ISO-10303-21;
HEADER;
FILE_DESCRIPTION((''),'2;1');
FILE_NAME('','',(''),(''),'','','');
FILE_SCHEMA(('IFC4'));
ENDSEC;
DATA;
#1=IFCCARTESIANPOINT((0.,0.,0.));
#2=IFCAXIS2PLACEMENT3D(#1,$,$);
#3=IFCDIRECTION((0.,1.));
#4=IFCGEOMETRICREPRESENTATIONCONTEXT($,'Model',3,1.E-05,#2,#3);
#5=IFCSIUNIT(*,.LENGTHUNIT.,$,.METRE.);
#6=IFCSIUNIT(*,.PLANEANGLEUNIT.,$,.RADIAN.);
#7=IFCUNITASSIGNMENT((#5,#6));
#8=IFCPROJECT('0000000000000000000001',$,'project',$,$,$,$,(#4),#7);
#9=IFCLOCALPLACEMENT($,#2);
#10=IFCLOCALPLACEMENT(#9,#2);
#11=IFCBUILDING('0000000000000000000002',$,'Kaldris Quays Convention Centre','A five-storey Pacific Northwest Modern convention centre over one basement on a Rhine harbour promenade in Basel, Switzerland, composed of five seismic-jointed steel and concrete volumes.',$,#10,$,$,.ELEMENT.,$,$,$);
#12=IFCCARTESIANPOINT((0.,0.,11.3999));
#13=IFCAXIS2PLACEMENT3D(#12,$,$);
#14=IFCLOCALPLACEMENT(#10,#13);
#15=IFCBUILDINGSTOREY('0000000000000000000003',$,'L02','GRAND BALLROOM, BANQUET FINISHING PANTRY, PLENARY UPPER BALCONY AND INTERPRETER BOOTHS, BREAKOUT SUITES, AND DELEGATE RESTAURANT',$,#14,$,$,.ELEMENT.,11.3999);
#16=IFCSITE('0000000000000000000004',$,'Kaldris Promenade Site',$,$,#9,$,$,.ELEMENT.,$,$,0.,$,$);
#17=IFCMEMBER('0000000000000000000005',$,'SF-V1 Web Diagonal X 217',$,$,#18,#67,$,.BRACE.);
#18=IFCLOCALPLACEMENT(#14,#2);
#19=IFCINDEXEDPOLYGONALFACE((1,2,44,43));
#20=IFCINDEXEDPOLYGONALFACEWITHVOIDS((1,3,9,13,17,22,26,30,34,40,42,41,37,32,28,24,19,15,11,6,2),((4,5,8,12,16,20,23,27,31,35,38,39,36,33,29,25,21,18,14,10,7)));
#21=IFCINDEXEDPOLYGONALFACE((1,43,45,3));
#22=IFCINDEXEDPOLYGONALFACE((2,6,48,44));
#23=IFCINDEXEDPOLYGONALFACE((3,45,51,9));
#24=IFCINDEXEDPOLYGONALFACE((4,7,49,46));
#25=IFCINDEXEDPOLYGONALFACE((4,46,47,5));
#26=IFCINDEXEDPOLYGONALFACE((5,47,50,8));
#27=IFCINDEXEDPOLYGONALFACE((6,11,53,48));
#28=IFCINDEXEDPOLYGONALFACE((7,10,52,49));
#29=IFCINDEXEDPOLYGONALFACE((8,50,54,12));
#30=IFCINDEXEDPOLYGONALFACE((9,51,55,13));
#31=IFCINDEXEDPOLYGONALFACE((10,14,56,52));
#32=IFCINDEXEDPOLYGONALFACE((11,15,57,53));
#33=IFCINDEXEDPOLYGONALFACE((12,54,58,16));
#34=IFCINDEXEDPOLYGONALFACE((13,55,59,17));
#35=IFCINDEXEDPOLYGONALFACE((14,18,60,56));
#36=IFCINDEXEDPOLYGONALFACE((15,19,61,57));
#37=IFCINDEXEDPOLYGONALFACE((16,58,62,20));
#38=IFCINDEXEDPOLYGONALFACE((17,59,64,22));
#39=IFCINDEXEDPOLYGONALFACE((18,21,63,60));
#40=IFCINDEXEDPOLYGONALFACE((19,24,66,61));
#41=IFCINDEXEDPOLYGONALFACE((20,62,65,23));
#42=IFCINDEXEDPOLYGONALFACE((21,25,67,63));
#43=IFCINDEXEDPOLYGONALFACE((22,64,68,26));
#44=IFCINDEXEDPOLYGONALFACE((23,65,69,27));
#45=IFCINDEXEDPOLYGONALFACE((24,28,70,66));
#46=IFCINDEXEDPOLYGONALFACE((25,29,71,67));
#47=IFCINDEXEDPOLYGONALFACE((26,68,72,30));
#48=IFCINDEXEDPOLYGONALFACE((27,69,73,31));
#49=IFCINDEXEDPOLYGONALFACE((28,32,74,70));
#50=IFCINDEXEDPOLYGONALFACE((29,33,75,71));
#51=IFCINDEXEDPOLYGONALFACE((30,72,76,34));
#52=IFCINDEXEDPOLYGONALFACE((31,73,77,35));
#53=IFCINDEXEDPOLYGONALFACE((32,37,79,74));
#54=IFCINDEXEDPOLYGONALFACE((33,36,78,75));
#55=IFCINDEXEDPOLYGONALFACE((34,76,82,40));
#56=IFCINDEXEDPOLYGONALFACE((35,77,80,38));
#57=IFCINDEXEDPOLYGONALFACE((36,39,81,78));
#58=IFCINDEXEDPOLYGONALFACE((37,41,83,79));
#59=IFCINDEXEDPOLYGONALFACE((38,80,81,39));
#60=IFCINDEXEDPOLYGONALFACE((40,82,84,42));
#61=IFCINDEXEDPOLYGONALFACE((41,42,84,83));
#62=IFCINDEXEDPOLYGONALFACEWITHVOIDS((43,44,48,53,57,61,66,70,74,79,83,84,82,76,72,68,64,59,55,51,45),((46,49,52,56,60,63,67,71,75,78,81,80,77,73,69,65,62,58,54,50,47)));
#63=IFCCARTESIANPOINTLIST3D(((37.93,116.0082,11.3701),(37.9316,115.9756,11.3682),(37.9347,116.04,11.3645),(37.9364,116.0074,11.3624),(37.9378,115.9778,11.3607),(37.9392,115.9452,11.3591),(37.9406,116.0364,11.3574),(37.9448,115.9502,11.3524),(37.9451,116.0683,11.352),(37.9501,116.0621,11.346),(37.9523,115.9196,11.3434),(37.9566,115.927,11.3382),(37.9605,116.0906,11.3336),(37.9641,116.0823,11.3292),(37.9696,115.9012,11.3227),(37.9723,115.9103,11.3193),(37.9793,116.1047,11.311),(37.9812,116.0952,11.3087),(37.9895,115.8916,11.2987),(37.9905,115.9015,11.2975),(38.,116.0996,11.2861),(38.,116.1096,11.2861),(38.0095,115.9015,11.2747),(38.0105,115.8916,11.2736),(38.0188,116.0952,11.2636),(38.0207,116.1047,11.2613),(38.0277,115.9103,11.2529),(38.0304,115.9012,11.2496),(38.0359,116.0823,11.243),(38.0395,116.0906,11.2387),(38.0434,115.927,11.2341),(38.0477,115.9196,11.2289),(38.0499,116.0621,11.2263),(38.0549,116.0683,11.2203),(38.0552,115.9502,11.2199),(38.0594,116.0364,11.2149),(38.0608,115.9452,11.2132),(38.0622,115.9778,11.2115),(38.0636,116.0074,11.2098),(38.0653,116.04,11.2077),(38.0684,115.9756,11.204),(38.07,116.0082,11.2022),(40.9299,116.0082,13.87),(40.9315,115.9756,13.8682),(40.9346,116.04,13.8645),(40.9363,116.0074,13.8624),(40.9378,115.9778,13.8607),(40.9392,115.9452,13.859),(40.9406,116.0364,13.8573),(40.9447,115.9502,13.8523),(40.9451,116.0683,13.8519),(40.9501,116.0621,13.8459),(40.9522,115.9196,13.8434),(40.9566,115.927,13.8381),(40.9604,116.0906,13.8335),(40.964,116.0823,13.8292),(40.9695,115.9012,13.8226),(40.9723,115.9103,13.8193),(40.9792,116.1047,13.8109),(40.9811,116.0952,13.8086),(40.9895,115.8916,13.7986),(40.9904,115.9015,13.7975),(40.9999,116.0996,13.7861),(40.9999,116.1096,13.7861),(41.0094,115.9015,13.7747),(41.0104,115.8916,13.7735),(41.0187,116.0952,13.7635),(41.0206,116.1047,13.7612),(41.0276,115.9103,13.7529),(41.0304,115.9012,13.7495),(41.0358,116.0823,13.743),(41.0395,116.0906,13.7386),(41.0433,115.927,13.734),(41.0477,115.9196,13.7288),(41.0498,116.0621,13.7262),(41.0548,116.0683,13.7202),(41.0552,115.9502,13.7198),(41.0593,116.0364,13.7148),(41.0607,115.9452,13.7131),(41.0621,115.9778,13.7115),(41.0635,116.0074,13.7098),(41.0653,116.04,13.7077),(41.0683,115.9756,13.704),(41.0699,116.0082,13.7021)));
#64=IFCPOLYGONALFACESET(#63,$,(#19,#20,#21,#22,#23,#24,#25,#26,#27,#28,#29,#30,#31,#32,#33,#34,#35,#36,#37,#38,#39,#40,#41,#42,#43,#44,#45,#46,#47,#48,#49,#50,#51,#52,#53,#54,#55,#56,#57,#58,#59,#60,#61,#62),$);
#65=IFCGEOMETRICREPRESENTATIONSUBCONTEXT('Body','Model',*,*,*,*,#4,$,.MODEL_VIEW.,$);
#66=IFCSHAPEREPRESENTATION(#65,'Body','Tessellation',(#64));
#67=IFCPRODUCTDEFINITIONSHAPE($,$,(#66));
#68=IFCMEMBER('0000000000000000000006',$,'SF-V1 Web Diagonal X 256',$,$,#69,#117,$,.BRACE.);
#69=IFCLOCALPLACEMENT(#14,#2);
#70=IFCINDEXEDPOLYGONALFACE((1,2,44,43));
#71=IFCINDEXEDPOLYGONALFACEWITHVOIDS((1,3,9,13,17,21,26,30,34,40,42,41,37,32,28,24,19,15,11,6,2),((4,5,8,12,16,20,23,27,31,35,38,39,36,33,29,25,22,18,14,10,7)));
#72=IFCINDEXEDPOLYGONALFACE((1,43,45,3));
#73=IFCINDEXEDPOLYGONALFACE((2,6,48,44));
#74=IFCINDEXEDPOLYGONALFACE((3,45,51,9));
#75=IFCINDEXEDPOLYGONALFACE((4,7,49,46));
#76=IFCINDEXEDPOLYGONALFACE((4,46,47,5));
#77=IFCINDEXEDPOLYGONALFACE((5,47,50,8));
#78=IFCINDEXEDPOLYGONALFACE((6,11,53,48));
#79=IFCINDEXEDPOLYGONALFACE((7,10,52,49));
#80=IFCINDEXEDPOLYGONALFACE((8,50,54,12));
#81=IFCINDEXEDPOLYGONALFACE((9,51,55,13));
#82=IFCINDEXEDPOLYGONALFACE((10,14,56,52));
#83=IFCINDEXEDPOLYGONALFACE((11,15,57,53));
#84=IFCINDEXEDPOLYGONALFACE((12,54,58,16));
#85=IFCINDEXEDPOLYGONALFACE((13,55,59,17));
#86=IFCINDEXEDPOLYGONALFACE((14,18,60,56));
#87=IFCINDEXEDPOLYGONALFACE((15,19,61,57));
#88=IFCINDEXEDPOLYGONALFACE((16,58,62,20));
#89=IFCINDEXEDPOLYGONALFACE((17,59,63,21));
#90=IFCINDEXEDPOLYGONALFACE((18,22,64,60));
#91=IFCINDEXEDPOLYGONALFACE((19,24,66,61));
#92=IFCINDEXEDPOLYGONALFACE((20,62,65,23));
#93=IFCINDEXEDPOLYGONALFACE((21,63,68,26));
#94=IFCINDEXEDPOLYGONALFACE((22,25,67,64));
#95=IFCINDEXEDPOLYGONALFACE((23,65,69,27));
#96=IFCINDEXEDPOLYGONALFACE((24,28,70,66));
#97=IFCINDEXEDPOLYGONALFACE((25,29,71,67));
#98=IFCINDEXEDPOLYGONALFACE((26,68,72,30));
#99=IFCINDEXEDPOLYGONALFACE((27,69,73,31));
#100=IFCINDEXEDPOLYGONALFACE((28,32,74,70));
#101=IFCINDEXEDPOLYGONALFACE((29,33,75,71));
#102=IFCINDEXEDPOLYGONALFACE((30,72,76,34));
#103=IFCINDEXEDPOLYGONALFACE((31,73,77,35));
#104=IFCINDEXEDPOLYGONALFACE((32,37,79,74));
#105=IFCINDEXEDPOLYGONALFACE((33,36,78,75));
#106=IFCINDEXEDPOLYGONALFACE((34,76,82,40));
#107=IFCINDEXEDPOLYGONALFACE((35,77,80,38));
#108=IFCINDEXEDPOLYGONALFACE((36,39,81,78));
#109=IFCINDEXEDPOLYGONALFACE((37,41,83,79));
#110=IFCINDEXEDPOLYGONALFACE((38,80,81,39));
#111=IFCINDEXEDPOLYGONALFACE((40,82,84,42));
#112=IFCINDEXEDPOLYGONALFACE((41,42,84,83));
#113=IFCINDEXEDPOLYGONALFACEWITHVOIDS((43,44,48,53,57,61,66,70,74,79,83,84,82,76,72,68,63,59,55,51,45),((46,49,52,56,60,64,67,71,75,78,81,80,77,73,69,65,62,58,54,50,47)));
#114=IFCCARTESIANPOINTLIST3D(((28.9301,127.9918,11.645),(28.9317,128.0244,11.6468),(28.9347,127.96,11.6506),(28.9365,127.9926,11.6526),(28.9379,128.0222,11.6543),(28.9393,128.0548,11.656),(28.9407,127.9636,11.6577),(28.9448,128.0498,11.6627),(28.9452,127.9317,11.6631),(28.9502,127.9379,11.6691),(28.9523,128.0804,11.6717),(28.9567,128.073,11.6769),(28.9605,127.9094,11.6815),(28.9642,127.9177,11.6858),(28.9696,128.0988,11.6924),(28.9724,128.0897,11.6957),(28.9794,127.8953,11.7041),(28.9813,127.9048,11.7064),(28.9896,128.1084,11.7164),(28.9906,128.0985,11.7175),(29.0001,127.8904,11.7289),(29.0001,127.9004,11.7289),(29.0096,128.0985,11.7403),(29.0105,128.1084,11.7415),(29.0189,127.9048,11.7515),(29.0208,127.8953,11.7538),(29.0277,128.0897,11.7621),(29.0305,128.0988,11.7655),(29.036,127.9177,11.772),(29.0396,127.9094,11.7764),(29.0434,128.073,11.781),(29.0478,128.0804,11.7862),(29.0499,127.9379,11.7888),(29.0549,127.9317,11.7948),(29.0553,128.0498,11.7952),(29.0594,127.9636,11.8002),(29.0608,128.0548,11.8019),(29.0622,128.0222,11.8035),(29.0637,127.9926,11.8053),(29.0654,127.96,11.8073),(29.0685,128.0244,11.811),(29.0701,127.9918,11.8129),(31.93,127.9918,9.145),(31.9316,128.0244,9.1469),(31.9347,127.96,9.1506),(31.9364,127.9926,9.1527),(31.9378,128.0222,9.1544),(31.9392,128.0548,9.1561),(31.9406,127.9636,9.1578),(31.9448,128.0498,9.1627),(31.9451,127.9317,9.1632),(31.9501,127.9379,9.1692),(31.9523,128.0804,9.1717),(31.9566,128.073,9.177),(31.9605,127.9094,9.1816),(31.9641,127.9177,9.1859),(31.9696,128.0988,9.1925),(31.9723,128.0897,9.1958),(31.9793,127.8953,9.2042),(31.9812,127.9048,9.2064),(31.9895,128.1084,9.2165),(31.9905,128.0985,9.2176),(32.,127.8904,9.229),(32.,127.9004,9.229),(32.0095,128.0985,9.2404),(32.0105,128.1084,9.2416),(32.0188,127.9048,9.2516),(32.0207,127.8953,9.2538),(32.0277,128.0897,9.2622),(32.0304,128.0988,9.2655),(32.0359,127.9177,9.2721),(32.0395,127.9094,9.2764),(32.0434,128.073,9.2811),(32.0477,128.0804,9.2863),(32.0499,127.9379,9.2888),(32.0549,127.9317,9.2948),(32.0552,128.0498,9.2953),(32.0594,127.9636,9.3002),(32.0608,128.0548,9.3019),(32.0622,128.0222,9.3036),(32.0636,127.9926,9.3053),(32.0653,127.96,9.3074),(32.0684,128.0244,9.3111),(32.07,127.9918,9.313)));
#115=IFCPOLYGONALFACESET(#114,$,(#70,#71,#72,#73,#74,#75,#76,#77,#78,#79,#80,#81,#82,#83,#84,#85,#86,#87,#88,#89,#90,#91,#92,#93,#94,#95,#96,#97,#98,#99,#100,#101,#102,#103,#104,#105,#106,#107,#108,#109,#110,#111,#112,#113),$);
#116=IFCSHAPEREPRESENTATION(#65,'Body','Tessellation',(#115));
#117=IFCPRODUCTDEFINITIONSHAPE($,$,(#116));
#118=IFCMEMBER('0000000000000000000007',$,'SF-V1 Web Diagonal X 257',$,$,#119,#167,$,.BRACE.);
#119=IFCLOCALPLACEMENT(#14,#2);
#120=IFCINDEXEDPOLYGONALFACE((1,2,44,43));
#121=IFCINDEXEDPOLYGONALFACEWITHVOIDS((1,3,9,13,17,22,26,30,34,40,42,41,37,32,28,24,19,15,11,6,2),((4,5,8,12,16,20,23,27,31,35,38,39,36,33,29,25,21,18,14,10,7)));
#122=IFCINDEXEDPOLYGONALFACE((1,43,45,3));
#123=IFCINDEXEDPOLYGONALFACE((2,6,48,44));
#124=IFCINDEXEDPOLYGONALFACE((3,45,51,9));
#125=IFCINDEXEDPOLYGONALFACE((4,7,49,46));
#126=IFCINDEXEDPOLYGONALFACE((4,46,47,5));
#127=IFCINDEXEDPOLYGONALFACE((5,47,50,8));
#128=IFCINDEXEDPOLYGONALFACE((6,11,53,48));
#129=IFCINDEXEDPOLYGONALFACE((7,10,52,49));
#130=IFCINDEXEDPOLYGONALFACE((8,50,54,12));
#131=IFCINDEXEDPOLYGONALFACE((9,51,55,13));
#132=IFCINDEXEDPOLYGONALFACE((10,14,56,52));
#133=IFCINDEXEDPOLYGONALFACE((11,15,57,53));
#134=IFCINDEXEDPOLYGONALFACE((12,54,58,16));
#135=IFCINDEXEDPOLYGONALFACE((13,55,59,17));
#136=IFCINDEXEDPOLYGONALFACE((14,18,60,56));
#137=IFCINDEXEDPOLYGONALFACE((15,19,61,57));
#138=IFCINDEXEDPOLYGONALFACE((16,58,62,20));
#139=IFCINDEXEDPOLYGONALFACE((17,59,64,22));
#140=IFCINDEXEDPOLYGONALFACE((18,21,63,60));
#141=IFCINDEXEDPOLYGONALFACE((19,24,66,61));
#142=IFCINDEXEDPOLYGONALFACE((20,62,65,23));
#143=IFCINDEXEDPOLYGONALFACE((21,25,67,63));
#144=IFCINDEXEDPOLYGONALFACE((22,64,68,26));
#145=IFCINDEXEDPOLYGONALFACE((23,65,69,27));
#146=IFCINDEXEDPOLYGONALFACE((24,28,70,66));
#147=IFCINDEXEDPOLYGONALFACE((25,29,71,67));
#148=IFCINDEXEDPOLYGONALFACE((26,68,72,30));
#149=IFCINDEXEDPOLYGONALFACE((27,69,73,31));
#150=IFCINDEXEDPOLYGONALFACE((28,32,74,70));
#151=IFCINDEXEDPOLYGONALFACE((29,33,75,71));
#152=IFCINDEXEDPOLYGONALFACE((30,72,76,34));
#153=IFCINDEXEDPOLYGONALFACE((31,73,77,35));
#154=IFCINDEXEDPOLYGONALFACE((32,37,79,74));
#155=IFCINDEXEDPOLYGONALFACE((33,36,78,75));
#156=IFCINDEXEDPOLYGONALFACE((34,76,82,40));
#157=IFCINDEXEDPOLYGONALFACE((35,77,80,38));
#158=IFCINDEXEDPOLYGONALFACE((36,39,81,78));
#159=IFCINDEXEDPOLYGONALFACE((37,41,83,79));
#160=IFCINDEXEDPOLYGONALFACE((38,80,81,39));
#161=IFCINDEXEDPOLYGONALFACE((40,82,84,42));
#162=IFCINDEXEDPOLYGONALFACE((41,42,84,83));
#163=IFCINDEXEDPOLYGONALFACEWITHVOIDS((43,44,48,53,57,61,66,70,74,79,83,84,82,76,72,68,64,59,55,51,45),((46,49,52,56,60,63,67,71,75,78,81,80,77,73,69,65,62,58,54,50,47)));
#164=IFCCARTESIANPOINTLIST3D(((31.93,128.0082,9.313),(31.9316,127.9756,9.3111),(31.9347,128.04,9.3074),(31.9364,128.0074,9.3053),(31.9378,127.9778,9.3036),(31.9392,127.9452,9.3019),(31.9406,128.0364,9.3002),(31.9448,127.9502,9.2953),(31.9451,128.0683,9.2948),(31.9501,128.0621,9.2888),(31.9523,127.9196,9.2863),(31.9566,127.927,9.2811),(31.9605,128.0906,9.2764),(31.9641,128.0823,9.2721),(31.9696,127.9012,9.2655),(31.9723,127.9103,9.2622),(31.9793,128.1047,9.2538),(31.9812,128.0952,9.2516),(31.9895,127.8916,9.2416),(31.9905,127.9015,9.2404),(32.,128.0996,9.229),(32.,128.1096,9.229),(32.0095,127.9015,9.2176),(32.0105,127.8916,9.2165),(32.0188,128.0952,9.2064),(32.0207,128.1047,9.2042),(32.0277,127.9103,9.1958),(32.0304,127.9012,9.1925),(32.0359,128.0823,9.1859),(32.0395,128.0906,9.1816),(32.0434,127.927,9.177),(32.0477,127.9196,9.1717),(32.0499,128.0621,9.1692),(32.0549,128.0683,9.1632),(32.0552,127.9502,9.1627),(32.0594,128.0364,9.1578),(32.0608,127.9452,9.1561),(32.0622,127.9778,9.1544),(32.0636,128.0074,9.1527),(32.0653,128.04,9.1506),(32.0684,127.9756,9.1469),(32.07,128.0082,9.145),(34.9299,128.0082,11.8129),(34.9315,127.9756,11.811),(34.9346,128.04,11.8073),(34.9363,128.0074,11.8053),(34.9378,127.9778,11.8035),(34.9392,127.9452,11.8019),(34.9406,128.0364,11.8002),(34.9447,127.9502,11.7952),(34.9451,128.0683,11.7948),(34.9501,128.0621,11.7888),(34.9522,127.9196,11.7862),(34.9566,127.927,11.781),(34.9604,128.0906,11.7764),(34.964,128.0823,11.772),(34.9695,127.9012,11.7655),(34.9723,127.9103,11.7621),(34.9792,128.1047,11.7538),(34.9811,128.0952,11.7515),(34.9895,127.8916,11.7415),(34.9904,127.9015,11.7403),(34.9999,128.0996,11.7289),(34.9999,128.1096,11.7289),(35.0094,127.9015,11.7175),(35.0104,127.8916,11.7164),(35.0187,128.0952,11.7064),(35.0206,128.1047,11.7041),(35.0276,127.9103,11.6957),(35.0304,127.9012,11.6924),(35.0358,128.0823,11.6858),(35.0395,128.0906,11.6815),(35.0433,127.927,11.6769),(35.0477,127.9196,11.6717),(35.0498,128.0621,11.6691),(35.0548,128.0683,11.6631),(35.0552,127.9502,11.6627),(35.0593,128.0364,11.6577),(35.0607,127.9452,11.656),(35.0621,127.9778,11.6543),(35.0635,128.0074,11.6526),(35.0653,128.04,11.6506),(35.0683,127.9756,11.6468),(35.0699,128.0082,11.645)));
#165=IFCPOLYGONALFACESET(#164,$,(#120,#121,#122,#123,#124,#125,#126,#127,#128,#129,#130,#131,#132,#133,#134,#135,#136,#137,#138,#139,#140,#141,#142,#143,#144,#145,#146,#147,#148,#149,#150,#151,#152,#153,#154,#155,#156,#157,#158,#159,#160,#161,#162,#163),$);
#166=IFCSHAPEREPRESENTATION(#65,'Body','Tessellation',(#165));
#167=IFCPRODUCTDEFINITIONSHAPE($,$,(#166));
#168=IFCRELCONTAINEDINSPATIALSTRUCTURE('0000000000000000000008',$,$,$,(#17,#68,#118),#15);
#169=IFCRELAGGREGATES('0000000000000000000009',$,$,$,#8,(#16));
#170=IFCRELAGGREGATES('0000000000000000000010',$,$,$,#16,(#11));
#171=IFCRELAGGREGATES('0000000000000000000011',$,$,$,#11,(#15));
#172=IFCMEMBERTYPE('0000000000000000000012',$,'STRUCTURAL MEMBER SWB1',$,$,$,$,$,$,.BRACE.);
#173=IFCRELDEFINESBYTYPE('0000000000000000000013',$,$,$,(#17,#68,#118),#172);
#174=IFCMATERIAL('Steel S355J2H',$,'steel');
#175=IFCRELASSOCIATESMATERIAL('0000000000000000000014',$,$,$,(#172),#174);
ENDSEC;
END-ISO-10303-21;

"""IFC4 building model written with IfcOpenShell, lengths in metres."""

from ifc_helpers import new_model, si_unit, direction, frame, origin, origin_2d, place, context, subcontext, project, spatial, hollow_circle, extrude, material, material_profile, profile_set, type_object, element, save


model = new_model("IFC4")

# Units and contexts
model_context = context("Model", 3, precision=1e-05, world=origin(), true_north=direction((0.0, 1.0)))
body_context = subcontext(model_context, "Body", "Model", "MODEL_VIEW")
ifc_project = project(units=[si_unit("LENGTHUNIT", "METRE"), si_unit("PLANEANGLEUNIT", "RADIAN")], contexts=[model_context])

# Site, building, storey
site_placement = place(None, origin())
site = spatial("IfcSite", under=ifc_project, at=site_placement, Name="Kaldris Promenade Site", CompositionType="ELEMENT", RefElevation=0.0)
building_placement = place(site_placement, origin())
building = spatial("IfcBuilding", under=site, at=building_placement, Name="Kaldris Quays Convention Centre", Description="A five-storey Pacific Northwest Modern convention centre over one basement on a Rhine harbour promenade in Basel, Switzerland, composed of five seismic-jointed steel and concrete volumes.", CompositionType="ELEMENT")
storey_placement = place(building_placement, frame((0.0, 0.0, 11.3999)))
storey = spatial("IfcBuildingStorey", under=building, at=storey_placement, Name="L02", Description="GRAND BALLROOM, BANQUET FINISHING PANTRY, PLENARY UPPER BALCONY AND INTERPRETER BOOTHS, BREAKOUT SUITES, AND DELEGATE RESTAURANT", CompositionType="ELEMENT", Elevation=11.3999)

# Members
ifc_material_1 = material(Name="Steel S355J2H", Category="steel")
ifc_material_profile_1 = material_profile(ifc_material_1, hollow_circle(Radius=0.1096, WallThickness=0.01, at=origin_2d()), Name="CHS 219.1x10")
ifc_profile_set_1 = profile_set([ifc_material_profile_1], Name="Steel S355J2H")
member_type_1 = type_object("IfcMemberType", Name="STRUCTURAL MEMBER SWB1", PredefinedType="BRACE", material=ifc_profile_set_1)
for number, where, z_axis, x_axis, name in (
    (1, (38.0, 116.0, 11.2861), (0.768221, 0.0, 0.640184), (0.0, 1.0, 0.0), "SF-V1 Web Diagonal X 217"),
    (2, (32.0, 128.0, 9.229), (-0.768221, 0.0, 0.640184), (0.0, -1.0, 0.0), "SF-V1 Web Diagonal X 256"),
    (3, (32.0, 128.0, 9.229), (0.768221, 0.0, 0.640184), (0.0, 1.0, 0.0), "SF-V1 Web Diagonal X 257"),
):
    element("IfcMember", number, at=place(storey_placement, frame(where, z_axis=z_axis, x_axis=x_axis)), inside=storey, type_object=member_type_1, Name=name, PredefinedType="BRACE", context=body_context, shape_type="SweptSolid", body=[
        extrude(hollow_circle(Radius=0.1096, WallThickness=0.01, at=origin_2d()), origin(), (0.0, 0.0, 1.0), 3.905),
    ])

save(model, "model.ifc")
